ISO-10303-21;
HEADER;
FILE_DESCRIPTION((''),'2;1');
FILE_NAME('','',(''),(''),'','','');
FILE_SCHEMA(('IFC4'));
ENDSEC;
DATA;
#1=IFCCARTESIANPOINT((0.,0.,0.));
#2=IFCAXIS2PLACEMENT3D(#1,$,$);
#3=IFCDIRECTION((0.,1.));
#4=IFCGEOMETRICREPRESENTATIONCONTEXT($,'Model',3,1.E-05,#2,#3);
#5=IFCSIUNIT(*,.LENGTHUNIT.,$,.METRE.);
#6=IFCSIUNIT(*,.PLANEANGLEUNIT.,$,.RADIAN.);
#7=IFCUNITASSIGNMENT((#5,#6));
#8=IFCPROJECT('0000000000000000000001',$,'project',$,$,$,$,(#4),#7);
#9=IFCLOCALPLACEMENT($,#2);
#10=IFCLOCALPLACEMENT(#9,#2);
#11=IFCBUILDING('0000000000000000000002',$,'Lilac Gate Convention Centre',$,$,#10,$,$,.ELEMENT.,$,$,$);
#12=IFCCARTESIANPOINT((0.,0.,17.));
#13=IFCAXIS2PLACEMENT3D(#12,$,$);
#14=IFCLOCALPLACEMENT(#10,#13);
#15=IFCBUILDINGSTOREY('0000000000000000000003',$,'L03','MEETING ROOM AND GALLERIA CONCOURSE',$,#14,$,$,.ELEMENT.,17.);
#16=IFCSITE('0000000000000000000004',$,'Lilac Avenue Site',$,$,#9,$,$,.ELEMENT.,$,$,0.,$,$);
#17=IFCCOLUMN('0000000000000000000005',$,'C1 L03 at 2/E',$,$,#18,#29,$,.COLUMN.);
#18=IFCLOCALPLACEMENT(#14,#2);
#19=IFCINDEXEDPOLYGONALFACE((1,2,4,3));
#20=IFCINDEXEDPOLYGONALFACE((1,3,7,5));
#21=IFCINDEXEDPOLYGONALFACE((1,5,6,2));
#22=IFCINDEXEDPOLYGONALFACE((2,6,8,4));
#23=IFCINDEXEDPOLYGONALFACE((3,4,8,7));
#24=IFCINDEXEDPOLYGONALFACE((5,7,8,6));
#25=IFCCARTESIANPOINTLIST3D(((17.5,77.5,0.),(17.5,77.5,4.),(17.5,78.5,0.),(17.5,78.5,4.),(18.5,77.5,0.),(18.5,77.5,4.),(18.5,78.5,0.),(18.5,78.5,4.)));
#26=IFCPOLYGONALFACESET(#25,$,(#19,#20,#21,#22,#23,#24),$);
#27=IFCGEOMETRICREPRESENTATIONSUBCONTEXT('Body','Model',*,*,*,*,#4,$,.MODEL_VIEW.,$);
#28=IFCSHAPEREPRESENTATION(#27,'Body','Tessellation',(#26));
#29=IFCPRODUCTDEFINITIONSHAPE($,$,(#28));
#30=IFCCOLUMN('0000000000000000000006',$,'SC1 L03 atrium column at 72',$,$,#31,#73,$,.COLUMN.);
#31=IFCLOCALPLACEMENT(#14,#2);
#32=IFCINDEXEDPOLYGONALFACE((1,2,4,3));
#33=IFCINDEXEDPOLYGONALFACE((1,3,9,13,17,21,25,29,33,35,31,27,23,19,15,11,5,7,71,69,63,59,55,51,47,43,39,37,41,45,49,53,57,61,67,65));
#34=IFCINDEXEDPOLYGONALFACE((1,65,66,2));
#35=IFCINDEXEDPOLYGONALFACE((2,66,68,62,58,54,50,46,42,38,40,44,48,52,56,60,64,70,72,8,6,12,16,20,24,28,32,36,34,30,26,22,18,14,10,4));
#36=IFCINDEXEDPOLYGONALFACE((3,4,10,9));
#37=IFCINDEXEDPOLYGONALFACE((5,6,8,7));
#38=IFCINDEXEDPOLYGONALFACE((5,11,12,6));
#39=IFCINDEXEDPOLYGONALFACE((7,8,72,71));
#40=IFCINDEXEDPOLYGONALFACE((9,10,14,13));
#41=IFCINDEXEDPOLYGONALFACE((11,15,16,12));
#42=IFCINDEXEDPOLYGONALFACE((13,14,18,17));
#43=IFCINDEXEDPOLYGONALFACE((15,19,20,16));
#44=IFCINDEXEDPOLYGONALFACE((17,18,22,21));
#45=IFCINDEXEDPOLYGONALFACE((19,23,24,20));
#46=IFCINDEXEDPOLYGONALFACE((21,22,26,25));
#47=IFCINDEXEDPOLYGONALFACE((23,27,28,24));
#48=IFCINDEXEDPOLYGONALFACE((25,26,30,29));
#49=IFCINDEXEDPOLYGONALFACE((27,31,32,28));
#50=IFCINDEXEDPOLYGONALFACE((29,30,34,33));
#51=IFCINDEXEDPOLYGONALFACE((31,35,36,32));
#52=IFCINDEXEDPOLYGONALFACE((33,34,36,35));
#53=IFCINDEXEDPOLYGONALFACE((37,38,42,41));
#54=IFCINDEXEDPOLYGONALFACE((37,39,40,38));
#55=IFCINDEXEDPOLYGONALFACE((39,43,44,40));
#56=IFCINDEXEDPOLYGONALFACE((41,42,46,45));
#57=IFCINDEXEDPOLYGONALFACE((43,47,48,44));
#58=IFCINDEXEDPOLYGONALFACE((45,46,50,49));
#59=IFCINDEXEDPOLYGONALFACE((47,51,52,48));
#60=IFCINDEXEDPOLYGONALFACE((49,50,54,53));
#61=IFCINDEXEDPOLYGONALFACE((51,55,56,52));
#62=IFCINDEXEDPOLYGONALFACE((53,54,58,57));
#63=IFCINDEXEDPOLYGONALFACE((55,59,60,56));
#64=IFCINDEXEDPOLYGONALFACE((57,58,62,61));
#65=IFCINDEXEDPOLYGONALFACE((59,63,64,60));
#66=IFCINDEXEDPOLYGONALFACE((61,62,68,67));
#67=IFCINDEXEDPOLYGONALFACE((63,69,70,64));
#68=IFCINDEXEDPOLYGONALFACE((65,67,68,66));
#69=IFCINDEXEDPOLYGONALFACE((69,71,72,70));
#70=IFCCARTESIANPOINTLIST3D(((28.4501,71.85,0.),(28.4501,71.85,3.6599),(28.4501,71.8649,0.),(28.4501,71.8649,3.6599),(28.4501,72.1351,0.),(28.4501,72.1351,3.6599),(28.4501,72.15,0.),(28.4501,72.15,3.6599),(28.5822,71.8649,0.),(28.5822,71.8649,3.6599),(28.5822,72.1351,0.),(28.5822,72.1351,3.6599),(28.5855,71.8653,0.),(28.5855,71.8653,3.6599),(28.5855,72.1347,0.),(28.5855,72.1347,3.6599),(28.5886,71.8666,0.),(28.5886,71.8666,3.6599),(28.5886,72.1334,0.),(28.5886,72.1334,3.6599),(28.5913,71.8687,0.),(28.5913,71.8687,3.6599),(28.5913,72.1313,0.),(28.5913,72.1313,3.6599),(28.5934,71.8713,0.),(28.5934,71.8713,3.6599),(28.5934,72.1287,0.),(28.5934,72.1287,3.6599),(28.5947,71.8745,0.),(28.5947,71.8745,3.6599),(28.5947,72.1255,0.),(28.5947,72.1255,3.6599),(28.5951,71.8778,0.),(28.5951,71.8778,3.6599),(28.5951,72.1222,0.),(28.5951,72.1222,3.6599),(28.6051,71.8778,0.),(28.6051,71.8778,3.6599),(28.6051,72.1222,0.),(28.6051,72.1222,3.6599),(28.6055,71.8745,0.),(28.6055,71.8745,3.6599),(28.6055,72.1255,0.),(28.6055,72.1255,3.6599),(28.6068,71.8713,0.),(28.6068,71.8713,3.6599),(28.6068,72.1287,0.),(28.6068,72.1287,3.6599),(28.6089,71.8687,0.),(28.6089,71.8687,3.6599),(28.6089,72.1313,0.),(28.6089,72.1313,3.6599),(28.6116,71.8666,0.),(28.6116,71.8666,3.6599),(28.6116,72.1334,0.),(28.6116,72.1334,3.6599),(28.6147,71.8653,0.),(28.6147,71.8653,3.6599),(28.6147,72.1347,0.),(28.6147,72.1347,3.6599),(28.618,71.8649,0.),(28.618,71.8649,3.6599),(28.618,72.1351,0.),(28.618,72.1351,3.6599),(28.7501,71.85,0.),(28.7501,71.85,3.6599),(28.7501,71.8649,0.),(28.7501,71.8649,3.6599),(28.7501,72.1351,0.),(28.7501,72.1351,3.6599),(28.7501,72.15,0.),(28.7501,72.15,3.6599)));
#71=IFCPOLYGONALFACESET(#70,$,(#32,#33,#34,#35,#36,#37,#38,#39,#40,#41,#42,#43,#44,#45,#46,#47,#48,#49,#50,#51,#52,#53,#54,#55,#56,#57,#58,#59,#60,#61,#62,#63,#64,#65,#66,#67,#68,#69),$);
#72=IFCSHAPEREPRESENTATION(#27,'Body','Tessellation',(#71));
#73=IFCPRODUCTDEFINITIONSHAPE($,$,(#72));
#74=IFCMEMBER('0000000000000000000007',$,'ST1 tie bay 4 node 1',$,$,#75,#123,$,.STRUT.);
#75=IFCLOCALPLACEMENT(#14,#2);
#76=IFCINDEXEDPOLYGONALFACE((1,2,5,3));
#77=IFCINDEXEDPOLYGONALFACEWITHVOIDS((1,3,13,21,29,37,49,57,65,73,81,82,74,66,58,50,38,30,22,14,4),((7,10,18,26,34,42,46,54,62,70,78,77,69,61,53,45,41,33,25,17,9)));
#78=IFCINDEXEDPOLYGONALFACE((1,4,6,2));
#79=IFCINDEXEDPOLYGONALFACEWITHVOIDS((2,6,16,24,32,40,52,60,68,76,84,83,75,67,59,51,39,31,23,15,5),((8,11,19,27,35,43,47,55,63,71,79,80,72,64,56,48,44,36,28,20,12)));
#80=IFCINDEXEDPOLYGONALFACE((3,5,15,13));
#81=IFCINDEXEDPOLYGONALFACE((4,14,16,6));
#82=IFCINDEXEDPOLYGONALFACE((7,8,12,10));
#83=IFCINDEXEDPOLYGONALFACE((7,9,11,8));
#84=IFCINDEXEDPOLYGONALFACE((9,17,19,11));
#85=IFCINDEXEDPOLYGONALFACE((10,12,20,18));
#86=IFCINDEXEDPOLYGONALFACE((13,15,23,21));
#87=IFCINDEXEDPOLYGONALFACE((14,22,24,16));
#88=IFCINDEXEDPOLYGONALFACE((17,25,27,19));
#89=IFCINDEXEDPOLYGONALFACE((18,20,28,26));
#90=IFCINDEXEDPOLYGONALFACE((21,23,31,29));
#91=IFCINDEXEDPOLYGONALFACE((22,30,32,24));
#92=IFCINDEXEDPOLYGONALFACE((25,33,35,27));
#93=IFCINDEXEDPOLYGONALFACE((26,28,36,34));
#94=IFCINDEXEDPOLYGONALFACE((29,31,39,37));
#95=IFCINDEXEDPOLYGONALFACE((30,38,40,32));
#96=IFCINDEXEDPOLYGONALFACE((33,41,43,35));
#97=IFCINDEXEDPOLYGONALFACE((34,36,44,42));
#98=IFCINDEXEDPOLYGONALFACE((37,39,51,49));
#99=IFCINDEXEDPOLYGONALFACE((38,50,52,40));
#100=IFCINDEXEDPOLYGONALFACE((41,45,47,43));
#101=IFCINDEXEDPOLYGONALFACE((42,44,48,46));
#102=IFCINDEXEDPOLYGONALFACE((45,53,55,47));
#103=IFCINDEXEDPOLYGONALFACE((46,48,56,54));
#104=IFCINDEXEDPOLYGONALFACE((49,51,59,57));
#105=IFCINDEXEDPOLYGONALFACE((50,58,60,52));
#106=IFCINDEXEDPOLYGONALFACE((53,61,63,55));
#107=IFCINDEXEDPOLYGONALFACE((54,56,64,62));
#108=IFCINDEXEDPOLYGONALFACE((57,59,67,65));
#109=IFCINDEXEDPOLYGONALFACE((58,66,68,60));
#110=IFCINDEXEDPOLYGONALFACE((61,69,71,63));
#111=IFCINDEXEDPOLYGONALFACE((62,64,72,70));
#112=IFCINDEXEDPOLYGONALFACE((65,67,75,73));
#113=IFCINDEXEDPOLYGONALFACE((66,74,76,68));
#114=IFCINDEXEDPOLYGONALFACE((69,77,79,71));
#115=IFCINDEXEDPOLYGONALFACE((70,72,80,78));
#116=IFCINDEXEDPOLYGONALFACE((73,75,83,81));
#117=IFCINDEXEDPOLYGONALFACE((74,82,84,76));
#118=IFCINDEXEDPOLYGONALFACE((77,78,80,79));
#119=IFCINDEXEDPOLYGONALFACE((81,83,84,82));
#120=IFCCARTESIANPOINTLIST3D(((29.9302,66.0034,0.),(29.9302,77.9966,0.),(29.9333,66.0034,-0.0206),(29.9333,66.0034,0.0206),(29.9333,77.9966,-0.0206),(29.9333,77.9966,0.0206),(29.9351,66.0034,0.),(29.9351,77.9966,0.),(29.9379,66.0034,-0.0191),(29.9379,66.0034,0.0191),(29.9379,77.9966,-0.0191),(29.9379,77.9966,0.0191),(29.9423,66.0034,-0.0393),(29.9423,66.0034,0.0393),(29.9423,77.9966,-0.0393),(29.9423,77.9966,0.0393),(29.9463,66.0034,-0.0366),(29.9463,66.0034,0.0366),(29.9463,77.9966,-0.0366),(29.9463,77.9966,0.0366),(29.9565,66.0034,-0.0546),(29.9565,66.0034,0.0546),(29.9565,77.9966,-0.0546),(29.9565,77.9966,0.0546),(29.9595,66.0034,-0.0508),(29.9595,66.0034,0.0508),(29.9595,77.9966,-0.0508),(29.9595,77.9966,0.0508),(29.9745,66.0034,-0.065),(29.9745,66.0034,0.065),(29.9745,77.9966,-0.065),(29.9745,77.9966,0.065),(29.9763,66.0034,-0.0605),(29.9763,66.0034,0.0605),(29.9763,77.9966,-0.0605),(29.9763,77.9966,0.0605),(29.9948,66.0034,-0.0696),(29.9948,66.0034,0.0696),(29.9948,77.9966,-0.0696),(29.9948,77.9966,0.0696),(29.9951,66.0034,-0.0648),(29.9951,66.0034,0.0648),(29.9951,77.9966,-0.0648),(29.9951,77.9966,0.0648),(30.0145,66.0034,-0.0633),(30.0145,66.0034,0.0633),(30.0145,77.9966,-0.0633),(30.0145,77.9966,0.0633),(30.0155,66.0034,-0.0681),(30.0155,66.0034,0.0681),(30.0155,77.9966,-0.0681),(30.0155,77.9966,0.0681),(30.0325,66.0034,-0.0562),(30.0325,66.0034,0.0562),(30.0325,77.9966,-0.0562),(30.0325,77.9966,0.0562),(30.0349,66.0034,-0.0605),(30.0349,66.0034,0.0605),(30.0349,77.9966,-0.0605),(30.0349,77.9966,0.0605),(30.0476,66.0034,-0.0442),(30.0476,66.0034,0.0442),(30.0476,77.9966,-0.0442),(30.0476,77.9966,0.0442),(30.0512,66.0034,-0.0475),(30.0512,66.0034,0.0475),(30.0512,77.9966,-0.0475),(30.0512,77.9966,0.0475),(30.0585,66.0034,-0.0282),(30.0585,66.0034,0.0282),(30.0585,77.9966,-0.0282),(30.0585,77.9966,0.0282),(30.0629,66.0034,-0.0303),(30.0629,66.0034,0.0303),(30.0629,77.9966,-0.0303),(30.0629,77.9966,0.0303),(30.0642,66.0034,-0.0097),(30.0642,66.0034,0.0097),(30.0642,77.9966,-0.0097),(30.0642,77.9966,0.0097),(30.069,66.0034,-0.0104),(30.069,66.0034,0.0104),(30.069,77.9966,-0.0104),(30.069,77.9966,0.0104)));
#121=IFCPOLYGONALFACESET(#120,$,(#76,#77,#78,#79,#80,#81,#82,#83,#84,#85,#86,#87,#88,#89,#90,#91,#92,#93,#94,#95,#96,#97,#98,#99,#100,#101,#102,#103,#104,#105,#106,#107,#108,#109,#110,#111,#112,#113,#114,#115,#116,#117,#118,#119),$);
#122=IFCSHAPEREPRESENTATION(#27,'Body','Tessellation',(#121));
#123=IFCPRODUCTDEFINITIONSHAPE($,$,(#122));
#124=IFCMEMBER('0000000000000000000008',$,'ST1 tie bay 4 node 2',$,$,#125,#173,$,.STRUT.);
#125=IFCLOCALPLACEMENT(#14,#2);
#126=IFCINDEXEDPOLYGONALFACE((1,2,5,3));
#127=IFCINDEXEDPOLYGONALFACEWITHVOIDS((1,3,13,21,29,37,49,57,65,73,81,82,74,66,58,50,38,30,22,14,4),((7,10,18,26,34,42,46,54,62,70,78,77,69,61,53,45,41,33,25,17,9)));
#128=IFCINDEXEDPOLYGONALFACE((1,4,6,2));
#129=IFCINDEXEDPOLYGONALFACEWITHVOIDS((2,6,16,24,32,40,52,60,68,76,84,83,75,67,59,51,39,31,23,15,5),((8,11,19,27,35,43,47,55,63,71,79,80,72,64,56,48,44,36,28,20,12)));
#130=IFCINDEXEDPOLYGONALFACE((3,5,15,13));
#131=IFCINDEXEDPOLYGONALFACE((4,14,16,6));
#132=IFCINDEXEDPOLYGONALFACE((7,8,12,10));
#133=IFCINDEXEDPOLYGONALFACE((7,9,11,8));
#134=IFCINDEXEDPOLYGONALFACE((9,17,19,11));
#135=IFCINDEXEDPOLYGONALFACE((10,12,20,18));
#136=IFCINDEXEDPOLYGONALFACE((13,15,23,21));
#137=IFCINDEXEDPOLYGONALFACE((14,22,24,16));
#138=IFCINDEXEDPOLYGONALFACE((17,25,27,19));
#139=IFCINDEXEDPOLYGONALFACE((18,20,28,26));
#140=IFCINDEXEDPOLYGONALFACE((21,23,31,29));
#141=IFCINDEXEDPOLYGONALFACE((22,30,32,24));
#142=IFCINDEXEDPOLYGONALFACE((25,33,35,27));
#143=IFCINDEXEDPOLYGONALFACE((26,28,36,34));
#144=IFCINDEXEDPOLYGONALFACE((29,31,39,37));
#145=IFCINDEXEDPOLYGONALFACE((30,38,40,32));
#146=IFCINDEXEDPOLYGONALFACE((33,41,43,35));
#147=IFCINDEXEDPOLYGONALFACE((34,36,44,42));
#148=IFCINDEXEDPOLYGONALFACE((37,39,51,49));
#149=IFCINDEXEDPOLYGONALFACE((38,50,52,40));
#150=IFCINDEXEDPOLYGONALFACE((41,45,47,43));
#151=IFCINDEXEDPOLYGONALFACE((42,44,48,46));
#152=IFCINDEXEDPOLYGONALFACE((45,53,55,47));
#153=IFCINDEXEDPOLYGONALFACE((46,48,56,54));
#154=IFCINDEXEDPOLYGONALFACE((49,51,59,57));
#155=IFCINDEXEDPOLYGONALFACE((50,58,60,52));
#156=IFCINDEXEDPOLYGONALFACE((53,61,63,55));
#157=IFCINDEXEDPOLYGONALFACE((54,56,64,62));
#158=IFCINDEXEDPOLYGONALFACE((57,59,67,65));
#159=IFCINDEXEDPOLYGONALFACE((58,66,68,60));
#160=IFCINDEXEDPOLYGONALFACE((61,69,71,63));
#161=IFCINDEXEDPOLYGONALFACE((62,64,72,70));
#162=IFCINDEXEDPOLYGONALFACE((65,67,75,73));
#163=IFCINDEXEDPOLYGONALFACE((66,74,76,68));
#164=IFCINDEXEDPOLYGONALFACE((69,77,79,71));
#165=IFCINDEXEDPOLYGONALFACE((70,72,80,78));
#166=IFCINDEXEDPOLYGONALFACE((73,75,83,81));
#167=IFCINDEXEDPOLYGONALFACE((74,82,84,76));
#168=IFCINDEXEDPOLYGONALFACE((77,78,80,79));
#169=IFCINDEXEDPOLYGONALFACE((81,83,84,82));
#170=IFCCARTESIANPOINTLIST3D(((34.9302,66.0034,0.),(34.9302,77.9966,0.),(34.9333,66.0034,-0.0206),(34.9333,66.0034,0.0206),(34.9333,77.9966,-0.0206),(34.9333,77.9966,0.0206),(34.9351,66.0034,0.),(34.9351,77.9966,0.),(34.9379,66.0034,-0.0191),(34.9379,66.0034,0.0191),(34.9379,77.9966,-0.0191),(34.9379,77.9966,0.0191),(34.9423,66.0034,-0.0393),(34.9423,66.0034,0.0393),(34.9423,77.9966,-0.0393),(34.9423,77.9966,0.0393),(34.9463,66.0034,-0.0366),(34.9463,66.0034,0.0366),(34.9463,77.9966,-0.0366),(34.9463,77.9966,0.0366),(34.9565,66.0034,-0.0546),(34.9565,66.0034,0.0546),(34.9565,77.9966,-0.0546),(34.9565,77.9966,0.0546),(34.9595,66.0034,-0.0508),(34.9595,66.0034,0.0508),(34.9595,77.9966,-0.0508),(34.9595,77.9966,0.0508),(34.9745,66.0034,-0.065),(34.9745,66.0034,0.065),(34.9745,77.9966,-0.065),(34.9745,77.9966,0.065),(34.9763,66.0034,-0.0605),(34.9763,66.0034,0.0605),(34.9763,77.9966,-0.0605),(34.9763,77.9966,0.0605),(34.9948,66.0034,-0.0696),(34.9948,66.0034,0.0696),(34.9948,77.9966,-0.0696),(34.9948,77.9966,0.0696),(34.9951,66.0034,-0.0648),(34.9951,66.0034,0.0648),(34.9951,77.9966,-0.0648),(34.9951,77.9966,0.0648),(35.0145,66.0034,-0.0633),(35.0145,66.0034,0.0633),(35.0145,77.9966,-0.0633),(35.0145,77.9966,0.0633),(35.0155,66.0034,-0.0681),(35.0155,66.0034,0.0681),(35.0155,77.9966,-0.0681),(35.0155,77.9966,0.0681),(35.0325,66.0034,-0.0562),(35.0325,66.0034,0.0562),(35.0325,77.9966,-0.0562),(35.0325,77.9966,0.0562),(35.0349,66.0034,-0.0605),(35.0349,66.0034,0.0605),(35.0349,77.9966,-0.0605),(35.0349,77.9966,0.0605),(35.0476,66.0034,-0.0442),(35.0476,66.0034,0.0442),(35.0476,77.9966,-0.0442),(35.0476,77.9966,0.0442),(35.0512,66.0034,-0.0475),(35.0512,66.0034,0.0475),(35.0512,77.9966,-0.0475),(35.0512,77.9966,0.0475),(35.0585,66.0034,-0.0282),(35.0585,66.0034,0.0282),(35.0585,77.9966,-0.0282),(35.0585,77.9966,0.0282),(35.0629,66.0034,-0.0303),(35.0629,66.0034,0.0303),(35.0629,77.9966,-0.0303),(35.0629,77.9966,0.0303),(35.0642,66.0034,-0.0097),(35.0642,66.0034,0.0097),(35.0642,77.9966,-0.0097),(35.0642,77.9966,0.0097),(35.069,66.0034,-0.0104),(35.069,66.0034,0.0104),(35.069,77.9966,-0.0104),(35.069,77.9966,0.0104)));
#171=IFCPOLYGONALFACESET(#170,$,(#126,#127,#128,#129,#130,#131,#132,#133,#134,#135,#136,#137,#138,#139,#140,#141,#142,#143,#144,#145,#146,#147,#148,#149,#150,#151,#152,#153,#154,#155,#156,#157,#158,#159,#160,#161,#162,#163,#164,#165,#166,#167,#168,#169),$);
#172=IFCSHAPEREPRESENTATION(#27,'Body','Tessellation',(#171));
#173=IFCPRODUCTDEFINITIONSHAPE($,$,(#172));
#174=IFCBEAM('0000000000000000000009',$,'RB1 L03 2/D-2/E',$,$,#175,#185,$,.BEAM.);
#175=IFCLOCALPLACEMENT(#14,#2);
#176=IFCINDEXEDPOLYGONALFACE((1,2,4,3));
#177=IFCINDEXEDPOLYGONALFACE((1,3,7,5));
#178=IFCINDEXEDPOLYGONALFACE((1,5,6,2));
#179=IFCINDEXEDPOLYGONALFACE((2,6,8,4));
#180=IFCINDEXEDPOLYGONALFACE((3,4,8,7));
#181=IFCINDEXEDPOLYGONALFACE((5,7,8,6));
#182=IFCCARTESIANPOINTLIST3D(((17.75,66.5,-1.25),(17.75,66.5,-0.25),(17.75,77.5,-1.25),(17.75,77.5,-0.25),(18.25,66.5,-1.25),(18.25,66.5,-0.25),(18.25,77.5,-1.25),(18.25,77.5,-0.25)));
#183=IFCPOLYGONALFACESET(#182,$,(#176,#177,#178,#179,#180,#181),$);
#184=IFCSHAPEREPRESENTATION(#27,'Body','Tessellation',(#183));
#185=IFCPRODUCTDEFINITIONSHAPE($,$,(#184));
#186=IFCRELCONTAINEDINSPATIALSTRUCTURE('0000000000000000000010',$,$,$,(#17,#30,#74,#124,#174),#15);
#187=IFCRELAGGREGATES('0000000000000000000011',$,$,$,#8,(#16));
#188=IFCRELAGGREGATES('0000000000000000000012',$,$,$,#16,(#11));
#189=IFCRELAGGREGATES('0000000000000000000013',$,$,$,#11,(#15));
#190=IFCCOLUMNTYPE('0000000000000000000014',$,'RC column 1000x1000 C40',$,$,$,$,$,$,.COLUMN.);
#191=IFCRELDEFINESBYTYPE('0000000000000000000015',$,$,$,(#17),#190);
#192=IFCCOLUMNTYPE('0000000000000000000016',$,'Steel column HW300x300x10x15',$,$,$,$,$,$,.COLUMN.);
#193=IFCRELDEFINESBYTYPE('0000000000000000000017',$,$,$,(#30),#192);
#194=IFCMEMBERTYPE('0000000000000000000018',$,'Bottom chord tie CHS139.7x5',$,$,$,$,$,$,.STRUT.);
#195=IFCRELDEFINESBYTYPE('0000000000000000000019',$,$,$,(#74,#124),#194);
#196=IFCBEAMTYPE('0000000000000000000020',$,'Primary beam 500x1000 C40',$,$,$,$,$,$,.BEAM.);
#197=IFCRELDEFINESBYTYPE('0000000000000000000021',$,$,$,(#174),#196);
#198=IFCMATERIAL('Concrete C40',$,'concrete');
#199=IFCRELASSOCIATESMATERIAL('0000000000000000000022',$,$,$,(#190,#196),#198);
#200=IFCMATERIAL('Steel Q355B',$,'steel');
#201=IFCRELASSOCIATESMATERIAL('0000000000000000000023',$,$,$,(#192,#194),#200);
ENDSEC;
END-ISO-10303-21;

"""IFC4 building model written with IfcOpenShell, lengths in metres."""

from ifc_helpers import new_model, si_unit, direction, frame, origin, origin_2d, place, context, subcontext, project, spatial, rectangle, hollow_circle, i_section, extrude, material, material_profile, profile_set, type_object, element, save


model = new_model("IFC4")

# Units and contexts
model_context = context("Model", 3, precision=1e-05, world=origin(), true_north=direction((0.0, 1.0)))
body_context = subcontext(model_context, "Body", "Model", "MODEL_VIEW")
ifc_project = project(units=[si_unit("LENGTHUNIT", "METRE"), si_unit("PLANEANGLEUNIT", "RADIAN")], contexts=[model_context])

# Site, building, storey
site_placement = place(None, origin())
site = spatial("IfcSite", under=ifc_project, at=site_placement, Name="Lilac Avenue Site", CompositionType="ELEMENT", RefElevation=0.0)
building_placement = place(site_placement, origin())
building = spatial("IfcBuilding", under=site, at=building_placement, Name="Lilac Gate Convention Centre", CompositionType="ELEMENT")
storey_placement = place(building_placement, frame((0.0, 0.0, 17.0)))
storey = spatial("IfcBuildingStorey", under=building, at=storey_placement, Name="L03", Description="MEETING ROOM AND GALLERIA CONCOURSE", CompositionType="ELEMENT", Elevation=17.0)

# Columns
ifc_material_1 = material(Name="Concrete C40", Category="concrete")
ifc_material_profile_1 = material_profile(ifc_material_1, rectangle(XDim=1.0, YDim=1.0, at=origin_2d()), Name="RC 1000x1000")
ifc_profile_set_1 = profile_set([ifc_material_profile_1], Name="Concrete C40")
column_type_1 = type_object("IfcColumnType", Name="RC column 1000x1000 C40", PredefinedType="COLUMN", material=ifc_profile_set_1)
column_1_placement = place(storey_placement, frame((18.0, 78.0, 0.0), z_axis=(0.0, 0.0, 1.0), x_axis=(1.0, 0.0, 0.0)))
element("IfcColumn", 1, at=column_1_placement, inside=storey, type_object=column_type_1, Name="C1 L03 at 2/E", PredefinedType="COLUMN", context=body_context, shape_type="SweptSolid", body=[
    extrude(rectangle(XDim=1.0, YDim=1.0, at=origin_2d()), origin(), (0.0, 0.0, 1.0), 4.0),
])
ifc_material_2 = material(Name="Steel Q355B", Category="steel")
ifc_material_profile_2 = material_profile(ifc_material_2, i_section(OverallWidth=0.3, OverallDepth=0.3, WebThickness=0.01, FlangeThickness=0.0149, FilletRadius=0.0129, at=origin_2d()), Name="HW300x300x10x15")
ifc_profile_set_2 = profile_set([ifc_material_profile_2], Name="Steel Q355B")
column_type_2 = type_object("IfcColumnType", Name="Steel column HW300x300x10x15", PredefinedType="COLUMN", material=ifc_profile_set_2)
column_2_placement = place(storey_placement, frame((28.6001, 72.0, 0.0), z_axis=(0.0, 0.0, 1.0), x_axis=(1.0, 0.0, 0.0)))
element("IfcColumn", 2, at=column_2_placement, inside=storey, type_object=column_type_2, Name="SC1 L03 atrium column at 72", PredefinedType="COLUMN", context=body_context, shape_type="SweptSolid", body=[
    extrude(i_section(OverallWidth=0.3, OverallDepth=0.3, WebThickness=0.01, FlangeThickness=0.0149, FilletRadius=0.0129, at=origin_2d()), origin(), (0.0, 0.0, 1.0), 3.6599),
])

# Members
ifc_material_profile_3 = material_profile(ifc_material_2, hollow_circle(Radius=0.0698, WallThickness=0.0049, at=origin_2d()), Name="CHS139.7x5")
ifc_profile_set_3 = profile_set([ifc_material_profile_3], Name="Steel Q355B")
member_type_1 = type_object("IfcMemberType", Name="Bottom chord tie CHS139.7x5", PredefinedType="STRUT", material=ifc_profile_set_3)
for number, where, z_axis, x_axis, name in (
    (3, (30.0, 66.0034, 0.0), (0.0, 1.0, 0.0), (-1.0, 0.0, 0.0), "ST1 tie bay 4 node 1"),
    (4, (35.0, 66.0034, 0.0), (0.0, 1.0, 0.0), (-1.0, 0.0, 0.0), "ST1 tie bay 4 node 2"),
):
    element("IfcMember", number, at=place(storey_placement, frame(where, z_axis=z_axis, x_axis=x_axis)), inside=storey, type_object=member_type_1, Name=name, PredefinedType="STRUT", context=body_context, shape_type="SweptSolid", body=[
        extrude(hollow_circle(Radius=0.0698, WallThickness=0.0049, at=origin_2d()), origin(), (0.0, 0.0, 1.0), 11.9932),
    ])

# Beam
ifc_material_profile_4 = material_profile(ifc_material_1, rectangle(XDim=0.5, YDim=1.0, at=origin_2d()), Name="RC 500x1000")
ifc_profile_set_4 = profile_set([ifc_material_profile_4], Name="Concrete C40")
beam_type = type_object("IfcBeamType", Name="Primary beam 500x1000 C40", PredefinedType="BEAM", material=ifc_profile_set_4)
beam_placement = place(storey_placement, frame((18.0, 66.5, -0.75), z_axis=(0.0, 1.0, 0.0), x_axis=(-1.0, 0.0, 0.0)))
element("IfcBeam", 5, at=beam_placement, inside=storey, type_object=beam_type, Name="RB1 L03 2/D-2/E", PredefinedType="BEAM", context=body_context, shape_type="SweptSolid", body=[
    extrude(rectangle(XDim=0.5, YDim=1.0, at=origin_2d()), origin(), (0.0, 0.0, 1.0), 11.0),
])

save(model, "model.ifc")
